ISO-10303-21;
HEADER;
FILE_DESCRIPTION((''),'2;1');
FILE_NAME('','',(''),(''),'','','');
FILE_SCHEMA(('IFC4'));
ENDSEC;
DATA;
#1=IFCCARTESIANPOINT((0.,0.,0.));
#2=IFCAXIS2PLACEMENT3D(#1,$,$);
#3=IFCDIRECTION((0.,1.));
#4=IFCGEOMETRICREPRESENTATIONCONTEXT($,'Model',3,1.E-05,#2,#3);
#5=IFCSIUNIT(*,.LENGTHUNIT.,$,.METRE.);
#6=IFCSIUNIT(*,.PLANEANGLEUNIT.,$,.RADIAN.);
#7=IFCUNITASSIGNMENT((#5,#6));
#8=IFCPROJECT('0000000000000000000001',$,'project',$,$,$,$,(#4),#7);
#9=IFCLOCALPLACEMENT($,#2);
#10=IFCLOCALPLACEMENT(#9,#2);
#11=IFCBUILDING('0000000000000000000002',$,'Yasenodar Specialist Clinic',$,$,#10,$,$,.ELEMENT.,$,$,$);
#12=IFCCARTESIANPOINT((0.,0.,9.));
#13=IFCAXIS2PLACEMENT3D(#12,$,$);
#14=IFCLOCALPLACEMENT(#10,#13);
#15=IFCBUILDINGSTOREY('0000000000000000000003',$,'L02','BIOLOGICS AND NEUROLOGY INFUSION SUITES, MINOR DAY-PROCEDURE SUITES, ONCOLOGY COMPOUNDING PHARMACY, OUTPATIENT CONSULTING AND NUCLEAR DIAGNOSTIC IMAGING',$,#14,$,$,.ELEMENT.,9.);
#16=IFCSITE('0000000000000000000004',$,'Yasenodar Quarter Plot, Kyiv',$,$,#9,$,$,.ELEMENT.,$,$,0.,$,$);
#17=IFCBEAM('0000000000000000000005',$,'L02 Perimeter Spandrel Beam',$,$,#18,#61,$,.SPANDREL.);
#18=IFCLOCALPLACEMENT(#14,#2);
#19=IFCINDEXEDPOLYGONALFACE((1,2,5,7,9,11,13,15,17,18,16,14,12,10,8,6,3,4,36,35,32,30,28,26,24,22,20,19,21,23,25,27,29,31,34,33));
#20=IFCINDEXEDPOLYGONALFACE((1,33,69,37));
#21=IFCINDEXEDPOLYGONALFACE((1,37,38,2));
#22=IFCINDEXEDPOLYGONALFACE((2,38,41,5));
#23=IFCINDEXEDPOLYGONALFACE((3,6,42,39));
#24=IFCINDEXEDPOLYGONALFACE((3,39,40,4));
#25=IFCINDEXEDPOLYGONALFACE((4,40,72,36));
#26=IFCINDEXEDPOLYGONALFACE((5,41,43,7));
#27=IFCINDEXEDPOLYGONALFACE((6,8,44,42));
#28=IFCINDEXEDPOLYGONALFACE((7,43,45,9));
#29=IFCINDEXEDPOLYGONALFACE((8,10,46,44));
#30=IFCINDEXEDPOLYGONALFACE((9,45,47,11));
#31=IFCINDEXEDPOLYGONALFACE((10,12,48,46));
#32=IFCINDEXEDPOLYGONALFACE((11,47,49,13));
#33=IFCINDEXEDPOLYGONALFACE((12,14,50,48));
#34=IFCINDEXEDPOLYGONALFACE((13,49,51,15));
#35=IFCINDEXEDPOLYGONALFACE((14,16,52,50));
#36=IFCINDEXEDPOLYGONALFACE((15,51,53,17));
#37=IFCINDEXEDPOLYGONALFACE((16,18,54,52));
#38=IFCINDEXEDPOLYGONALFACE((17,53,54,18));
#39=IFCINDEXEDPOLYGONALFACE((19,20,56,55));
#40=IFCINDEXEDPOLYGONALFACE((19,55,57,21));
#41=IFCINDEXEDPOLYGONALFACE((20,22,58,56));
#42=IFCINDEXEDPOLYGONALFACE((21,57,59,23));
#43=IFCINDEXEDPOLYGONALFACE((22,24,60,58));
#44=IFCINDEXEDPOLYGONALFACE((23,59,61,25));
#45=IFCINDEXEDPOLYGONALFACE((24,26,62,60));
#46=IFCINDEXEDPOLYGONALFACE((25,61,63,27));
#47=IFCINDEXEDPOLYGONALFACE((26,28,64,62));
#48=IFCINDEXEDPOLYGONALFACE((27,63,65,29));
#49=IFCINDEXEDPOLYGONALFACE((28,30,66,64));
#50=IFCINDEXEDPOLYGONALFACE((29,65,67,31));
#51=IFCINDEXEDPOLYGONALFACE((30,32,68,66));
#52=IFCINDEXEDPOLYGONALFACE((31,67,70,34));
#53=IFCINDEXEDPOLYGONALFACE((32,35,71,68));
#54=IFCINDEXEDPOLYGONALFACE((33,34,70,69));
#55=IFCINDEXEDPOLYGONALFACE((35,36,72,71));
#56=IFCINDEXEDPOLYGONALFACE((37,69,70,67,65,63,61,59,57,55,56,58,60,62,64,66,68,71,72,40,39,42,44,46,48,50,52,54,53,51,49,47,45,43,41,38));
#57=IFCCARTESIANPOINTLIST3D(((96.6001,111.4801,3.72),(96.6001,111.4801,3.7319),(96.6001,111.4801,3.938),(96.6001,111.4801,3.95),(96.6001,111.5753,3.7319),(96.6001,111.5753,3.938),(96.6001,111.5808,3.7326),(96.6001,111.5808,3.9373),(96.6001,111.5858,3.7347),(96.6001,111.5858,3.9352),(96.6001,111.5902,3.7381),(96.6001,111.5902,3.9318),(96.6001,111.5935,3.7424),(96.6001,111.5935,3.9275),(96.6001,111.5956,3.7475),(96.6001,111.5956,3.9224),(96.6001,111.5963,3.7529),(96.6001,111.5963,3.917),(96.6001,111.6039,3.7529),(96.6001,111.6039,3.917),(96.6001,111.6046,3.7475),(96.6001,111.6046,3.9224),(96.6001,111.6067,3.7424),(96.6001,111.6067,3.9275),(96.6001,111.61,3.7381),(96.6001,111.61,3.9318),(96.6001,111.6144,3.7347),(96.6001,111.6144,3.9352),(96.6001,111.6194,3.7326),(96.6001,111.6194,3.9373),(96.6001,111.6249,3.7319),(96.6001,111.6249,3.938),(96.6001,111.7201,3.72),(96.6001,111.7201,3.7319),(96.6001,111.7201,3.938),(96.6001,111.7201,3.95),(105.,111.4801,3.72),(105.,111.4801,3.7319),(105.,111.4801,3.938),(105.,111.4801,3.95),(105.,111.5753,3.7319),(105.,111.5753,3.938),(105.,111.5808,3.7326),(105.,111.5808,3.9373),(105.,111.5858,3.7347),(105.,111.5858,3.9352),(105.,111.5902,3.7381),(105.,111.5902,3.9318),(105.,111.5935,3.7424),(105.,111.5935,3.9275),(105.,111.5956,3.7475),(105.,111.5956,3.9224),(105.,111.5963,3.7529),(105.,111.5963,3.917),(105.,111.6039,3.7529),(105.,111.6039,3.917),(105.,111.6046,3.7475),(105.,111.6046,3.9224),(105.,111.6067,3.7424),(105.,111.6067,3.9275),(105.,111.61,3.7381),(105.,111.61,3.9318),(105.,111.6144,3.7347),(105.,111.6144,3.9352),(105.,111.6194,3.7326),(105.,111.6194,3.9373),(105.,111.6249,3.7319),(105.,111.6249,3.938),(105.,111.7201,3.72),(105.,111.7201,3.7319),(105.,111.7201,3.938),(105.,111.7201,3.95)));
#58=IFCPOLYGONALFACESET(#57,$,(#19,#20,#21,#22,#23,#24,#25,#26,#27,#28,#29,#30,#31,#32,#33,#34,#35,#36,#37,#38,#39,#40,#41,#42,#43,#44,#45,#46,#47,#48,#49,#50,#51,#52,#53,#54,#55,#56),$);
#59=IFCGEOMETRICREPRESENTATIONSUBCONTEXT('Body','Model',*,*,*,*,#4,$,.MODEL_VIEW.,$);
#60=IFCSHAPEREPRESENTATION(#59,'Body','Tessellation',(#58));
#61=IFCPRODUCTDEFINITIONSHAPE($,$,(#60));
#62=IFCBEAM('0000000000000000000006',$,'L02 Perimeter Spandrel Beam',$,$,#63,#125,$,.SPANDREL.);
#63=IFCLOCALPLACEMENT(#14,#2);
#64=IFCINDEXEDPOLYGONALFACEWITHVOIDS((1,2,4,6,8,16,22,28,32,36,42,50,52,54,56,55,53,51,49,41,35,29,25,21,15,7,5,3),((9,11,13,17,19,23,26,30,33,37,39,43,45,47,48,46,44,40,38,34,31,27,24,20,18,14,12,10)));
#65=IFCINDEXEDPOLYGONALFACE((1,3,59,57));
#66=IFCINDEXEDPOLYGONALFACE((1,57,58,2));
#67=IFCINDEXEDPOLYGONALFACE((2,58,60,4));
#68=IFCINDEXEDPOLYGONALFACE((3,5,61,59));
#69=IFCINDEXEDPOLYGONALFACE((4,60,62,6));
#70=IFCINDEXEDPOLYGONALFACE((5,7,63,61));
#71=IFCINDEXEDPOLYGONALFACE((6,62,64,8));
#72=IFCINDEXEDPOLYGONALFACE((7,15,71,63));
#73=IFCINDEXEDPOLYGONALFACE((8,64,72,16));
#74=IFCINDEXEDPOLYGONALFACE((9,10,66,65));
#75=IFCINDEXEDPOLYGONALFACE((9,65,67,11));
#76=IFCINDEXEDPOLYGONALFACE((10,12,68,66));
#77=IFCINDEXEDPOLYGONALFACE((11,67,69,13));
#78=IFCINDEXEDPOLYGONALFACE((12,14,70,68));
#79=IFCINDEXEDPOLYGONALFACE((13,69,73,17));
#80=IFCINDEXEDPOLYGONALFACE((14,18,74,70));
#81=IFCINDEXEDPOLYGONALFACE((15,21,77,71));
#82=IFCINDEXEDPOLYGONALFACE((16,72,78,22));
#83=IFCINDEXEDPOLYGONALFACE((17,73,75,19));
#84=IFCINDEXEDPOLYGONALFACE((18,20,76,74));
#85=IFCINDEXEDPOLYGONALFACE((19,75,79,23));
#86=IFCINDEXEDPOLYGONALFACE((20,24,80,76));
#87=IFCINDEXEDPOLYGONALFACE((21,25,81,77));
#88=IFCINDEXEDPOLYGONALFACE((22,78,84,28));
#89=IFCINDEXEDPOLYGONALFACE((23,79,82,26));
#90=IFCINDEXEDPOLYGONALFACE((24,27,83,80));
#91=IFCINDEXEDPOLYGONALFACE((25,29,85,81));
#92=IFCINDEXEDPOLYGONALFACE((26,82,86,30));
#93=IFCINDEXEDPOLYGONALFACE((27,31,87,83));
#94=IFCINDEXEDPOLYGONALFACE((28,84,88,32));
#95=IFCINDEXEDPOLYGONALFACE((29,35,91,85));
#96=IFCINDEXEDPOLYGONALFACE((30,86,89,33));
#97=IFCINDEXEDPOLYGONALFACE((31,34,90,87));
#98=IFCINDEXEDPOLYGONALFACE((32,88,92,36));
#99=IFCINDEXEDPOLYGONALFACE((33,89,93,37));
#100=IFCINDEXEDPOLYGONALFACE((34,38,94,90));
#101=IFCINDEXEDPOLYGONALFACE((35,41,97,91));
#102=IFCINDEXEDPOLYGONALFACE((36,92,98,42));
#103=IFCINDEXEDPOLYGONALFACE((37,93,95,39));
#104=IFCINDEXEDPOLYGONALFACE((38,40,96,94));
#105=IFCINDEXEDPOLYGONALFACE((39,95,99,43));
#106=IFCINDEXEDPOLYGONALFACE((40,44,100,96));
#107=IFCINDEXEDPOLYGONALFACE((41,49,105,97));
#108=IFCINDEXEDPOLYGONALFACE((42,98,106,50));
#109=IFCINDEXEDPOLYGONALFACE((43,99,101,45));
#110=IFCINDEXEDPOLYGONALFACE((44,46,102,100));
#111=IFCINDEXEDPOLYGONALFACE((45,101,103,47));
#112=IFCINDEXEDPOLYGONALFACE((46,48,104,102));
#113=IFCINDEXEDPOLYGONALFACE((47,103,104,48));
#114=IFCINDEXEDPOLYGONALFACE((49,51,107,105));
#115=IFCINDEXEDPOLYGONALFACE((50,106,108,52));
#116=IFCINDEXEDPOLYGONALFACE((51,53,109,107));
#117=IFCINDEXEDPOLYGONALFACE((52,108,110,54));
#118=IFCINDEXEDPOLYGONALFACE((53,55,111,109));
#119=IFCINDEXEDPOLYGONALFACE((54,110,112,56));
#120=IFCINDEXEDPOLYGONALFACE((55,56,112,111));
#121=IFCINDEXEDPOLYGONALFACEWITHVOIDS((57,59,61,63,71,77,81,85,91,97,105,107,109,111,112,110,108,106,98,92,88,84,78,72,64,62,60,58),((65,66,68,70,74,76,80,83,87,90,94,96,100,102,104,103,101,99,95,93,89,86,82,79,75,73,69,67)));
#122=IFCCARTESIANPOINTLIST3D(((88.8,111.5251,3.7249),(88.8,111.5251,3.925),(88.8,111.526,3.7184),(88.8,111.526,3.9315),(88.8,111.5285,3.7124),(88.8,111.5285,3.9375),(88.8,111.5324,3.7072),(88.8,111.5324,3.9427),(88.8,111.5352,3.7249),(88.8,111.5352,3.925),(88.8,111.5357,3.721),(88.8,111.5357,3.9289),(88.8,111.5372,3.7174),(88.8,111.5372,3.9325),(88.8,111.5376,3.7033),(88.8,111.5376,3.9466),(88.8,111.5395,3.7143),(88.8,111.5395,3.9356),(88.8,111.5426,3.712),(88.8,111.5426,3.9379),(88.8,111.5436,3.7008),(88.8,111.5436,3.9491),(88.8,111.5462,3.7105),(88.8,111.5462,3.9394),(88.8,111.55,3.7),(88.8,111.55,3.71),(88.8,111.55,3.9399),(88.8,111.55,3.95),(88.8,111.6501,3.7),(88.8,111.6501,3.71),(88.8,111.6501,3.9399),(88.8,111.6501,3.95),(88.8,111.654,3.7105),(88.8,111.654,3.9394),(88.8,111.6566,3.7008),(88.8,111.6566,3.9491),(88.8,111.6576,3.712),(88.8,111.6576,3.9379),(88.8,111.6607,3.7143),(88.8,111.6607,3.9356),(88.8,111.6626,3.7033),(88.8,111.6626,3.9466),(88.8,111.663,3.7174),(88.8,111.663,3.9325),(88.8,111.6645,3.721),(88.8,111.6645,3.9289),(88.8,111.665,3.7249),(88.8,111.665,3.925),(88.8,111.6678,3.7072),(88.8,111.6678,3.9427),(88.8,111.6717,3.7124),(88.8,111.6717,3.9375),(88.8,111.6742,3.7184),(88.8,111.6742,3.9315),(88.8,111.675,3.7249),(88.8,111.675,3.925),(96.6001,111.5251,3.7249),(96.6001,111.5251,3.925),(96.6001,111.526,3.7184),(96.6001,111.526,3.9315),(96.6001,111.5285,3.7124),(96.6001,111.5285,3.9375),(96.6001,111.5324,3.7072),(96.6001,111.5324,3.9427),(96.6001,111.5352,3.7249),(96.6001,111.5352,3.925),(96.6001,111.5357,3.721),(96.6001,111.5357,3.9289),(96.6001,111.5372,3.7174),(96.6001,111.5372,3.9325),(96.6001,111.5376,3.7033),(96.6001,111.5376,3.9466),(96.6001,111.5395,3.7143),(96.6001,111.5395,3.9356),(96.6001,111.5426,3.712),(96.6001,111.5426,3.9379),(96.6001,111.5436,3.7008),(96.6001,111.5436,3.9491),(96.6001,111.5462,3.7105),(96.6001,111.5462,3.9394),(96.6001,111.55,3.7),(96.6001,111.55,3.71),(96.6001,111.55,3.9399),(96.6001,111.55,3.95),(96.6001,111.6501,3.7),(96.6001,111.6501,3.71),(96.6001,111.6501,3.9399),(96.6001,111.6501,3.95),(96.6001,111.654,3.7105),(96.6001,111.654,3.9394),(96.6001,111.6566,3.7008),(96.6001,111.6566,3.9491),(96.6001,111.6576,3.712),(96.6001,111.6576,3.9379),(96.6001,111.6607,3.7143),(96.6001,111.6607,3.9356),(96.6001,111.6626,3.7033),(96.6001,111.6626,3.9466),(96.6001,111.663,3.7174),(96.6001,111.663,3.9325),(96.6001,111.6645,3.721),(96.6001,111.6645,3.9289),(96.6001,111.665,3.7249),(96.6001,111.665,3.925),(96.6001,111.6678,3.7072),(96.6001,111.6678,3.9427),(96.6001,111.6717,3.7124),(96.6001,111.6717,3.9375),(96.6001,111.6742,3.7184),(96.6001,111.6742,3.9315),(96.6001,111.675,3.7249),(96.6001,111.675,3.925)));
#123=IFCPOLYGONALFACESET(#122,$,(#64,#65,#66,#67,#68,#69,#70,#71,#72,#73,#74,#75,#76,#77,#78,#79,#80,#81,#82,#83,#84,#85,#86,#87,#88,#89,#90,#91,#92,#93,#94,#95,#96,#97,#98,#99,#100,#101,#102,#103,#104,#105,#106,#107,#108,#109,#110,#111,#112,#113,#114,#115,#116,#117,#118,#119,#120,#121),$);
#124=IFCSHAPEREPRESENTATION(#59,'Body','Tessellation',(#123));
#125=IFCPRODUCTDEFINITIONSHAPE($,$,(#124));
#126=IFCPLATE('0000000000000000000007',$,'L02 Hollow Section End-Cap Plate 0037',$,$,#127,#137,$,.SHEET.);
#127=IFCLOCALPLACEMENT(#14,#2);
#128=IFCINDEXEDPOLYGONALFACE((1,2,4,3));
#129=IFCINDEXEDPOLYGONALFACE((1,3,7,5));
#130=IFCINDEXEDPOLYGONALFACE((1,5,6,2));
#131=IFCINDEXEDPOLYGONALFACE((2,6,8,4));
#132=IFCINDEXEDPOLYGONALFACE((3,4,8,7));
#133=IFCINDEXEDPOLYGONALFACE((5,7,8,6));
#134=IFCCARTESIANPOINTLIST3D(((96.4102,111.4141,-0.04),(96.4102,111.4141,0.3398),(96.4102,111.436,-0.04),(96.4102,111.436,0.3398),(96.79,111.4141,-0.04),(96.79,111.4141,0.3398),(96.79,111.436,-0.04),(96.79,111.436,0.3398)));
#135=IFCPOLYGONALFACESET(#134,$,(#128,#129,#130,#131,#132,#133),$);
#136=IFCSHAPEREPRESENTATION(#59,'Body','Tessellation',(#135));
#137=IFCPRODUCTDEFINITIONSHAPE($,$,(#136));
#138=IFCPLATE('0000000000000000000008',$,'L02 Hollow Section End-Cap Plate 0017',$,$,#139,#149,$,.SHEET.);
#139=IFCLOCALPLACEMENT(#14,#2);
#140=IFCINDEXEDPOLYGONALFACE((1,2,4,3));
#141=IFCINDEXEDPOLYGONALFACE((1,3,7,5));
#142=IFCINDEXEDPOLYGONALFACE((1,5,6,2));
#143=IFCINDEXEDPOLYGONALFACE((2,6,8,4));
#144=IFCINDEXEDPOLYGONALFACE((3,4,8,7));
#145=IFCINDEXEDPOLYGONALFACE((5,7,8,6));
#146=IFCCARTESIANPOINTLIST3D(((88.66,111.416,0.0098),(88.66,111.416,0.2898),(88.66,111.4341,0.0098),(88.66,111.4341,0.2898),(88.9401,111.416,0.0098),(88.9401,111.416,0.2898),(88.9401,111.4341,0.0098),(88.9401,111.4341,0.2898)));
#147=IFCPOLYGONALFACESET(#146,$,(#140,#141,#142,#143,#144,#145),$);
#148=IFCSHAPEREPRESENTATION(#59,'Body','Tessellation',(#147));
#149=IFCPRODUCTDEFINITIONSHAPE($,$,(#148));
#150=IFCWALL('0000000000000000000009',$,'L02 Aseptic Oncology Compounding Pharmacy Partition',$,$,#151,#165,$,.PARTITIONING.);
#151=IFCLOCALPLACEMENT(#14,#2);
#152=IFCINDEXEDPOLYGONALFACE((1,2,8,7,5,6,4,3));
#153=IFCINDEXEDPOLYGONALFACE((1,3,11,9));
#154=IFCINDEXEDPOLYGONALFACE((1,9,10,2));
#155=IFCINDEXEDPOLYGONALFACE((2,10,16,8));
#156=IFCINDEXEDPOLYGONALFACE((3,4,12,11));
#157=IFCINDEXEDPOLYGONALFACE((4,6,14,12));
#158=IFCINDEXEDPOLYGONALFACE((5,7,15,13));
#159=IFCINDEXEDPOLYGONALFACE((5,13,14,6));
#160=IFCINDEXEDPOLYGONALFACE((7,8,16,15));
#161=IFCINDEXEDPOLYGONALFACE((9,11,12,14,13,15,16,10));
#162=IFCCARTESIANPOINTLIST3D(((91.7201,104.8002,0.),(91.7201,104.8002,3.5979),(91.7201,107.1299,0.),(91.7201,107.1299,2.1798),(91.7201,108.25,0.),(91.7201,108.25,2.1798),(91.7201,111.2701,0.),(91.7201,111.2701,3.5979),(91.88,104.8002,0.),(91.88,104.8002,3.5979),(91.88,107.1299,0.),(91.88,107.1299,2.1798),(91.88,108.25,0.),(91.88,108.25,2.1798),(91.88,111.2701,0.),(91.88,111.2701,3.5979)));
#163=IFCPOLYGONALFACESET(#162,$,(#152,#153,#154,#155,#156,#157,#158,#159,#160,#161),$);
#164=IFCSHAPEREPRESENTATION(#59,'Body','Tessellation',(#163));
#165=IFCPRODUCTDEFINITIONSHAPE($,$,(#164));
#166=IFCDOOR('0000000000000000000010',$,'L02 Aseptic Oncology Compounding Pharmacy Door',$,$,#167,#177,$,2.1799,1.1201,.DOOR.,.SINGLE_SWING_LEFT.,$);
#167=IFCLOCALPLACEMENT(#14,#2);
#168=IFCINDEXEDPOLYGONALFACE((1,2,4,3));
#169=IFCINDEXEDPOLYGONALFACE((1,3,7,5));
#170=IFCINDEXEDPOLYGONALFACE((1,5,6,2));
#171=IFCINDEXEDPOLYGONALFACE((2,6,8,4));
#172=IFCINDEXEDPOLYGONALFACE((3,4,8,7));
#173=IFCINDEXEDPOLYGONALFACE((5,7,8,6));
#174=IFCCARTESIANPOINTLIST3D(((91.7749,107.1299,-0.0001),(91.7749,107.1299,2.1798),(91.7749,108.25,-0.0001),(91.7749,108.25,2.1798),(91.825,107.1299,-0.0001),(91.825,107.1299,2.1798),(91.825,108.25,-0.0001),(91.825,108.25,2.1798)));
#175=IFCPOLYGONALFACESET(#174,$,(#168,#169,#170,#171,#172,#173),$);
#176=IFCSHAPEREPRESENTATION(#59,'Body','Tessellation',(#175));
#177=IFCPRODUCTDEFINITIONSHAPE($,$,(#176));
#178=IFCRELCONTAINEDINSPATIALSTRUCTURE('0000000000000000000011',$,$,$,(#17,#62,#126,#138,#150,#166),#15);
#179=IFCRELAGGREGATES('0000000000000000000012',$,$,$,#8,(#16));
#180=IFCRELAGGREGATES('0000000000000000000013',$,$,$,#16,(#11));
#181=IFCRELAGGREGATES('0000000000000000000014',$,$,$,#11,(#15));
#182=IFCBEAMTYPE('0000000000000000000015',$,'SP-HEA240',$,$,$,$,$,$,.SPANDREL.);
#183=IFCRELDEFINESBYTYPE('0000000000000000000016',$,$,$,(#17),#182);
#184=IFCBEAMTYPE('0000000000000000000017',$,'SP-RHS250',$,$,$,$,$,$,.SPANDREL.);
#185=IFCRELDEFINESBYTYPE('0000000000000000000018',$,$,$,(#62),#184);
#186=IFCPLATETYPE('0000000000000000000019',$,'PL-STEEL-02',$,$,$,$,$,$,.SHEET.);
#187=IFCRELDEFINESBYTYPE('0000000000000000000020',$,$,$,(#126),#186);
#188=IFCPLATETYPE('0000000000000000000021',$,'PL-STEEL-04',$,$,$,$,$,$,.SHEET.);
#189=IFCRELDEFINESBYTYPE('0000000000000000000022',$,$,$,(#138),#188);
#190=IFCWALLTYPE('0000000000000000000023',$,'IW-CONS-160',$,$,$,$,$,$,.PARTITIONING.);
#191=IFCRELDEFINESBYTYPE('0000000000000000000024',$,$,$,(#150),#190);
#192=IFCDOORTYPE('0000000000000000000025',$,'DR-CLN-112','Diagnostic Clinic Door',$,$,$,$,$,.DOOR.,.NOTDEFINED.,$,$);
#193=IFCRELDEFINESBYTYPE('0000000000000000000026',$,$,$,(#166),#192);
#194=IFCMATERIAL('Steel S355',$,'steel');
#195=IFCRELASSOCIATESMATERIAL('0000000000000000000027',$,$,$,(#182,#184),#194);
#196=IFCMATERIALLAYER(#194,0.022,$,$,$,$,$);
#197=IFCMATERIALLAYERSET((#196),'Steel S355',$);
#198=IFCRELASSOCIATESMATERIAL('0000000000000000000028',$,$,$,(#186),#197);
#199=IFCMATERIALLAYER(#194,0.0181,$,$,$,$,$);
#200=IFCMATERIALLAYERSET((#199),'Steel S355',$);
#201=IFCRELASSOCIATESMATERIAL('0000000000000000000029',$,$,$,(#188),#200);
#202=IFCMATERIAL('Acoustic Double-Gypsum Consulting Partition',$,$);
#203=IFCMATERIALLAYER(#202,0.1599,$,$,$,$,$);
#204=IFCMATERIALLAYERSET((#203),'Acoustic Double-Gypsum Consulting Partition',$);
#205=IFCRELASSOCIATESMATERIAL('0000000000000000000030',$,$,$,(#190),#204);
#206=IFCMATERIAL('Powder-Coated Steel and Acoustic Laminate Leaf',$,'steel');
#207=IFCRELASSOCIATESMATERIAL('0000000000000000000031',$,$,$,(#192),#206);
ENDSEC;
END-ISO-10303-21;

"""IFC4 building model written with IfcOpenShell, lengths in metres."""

from ifc_helpers import new_model, si_unit, direction, frame, frame_2d, origin, origin_2d, place, context, subcontext, project, spatial, rectangle, hollow_rectangle, i_section, extrude, material, layer, layer_set, material_profile, profile_set, type_object, element, fill, save


model = new_model("IFC4")

# Units and contexts
model_context = context("Model", 3, precision=1e-05, world=origin(), true_north=direction((0.0, 1.0)))
body_context = subcontext(model_context, "Body", "Model", "MODEL_VIEW")
ifc_project = project(units=[si_unit("LENGTHUNIT", "METRE"), si_unit("PLANEANGLEUNIT", "RADIAN")], contexts=[model_context])

# Site, building, storey
site_placement = place(None, origin())
site = spatial("IfcSite", under=ifc_project, at=site_placement, Name="Yasenodar Quarter Plot, Kyiv", CompositionType="ELEMENT", RefElevation=0.0)
building_placement = place(site_placement, origin())
building = spatial("IfcBuilding", under=site, at=building_placement, Name="Yasenodar Specialist Clinic", CompositionType="ELEMENT")
storey_placement = place(building_placement, frame((0.0, 0.0, 9.0)))
storey = spatial("IfcBuildingStorey", under=building, at=storey_placement, Name="L02", Description="BIOLOGICS AND NEUROLOGY INFUSION SUITES, MINOR DAY-PROCEDURE SUITES, ONCOLOGY COMPOUNDING PHARMACY, OUTPATIENT CONSULTING AND NUCLEAR DIAGNOSTIC IMAGING", CompositionType="ELEMENT", Elevation=9.0)

# Shared definitions
ifc_material_1 = material(Name="Steel S355", Category="steel")

# Beams
ifc_material_profile_1 = material_profile(ifc_material_1, i_section(OverallWidth=0.24, OverallDepth=0.23, WebThickness=0.0076, FlangeThickness=0.012, FilletRadius=0.021, at=origin_2d()), Name="HEA 240")
ifc_profile_set_1 = profile_set([ifc_material_profile_1], Name="Steel S355")
beam_type_1 = type_object("IfcBeamType", Name="SP-HEA240", PredefinedType="SPANDREL", material=ifc_profile_set_1)
beam_1_placement = place(storey_placement, frame((96.6001, 111.6001, 3.835), z_axis=(1.0, 0.0, 0.0), x_axis=(0.0, 1.0, 0.0)))
element("IfcBeam", 1, at=beam_1_placement, inside=storey, type_object=beam_type_1, Name="L02 Perimeter Spandrel Beam", PredefinedType="SPANDREL", context=body_context, shape_type="SweptSolid", body=[
    extrude(i_section(OverallWidth=0.24, OverallDepth=0.23, WebThickness=0.0076, FlangeThickness=0.012, FilletRadius=0.021, at=origin_2d()), origin(), (0.0, 0.0, 1.0), 8.3999),
])
ifc_material_profile_2 = material_profile(ifc_material_1, hollow_rectangle(XDim=0.1499, YDim=0.25, WallThickness=0.01, InnerFilletRadius=0.0149, OuterFilletRadius=0.0249, at=origin_2d()), Name="RHS 250x150x10")
ifc_profile_set_2 = profile_set([ifc_material_profile_2], Name="Steel S355")
beam_type_2 = type_object("IfcBeamType", Name="SP-RHS250", PredefinedType="SPANDREL", material=ifc_profile_set_2)
beam_2_placement = place(storey_placement, frame((88.8, 111.6001, 3.825), z_axis=(1.0, 0.0, 0.0), x_axis=(0.0, 1.0, 0.0)))
element("IfcBeam", 2, at=beam_2_placement, inside=storey, type_object=beam_type_2, Name="L02 Perimeter Spandrel Beam", PredefinedType="SPANDREL", context=body_context, shape_type="SweptSolid", body=[
    extrude(hollow_rectangle(XDim=0.1499, YDim=0.25, WallThickness=0.01, InnerFilletRadius=0.0149, OuterFilletRadius=0.0249, at=origin_2d()), origin(), (0.0, 0.0, 1.0), 7.8),
])

# Plates
ifc_layer_1 = layer(ifc_material_1, 0.022)
ifc_layer_set_1 = layer_set([ifc_layer_1], Name="Steel S355")
plate_type_1 = type_object("IfcPlateType", Name="PL-STEEL-02", PredefinedType="SHEET", material=ifc_layer_set_1)
plate_1_placement = place(storey_placement, frame((96.6001, 111.425, -0.04), z_axis=(0.0, 0.0, 1.0), x_axis=(1.0, 0.0, 0.0)))
element("IfcPlate", 3, at=plate_1_placement, inside=storey, type_object=plate_type_1, Name="L02 Hollow Section End-Cap Plate 0037", PredefinedType="SHEET", context=body_context, shape_type="SweptSolid", body=[
    extrude(rectangle(XDim=0.3799, YDim=0.022, at=origin_2d()), origin(), (0.0, 0.0, 1.0), 0.3799),
])
ifc_layer_2 = layer(ifc_material_1, 0.0181)
ifc_layer_set_2 = layer_set([ifc_layer_2], Name="Steel S355")
plate_type_2 = type_object("IfcPlateType", Name="PL-STEEL-04", PredefinedType="SHEET", material=ifc_layer_set_2)
plate_2_placement = place(storey_placement, frame((88.8, 111.425, 0.0098), z_axis=(0.0, 0.0, 1.0), x_axis=(1.0, 0.0, 0.0)))
element("IfcPlate", 4, at=plate_2_placement, inside=storey, type_object=plate_type_2, Name="L02 Hollow Section End-Cap Plate 0017", PredefinedType="SHEET", context=body_context, shape_type="SweptSolid", body=[
    extrude(rectangle(XDim=0.28, YDim=0.0181, at=origin_2d()), origin(), (0.0, 0.0, 1.0), 0.28),
])

# Wall, opening, door
ifc_material_2 = material(Name="Acoustic Double-Gypsum Consulting Partition")
ifc_layer_3 = layer(ifc_material_2, 0.1599)
ifc_layer_set_3 = layer_set([ifc_layer_3], Name="Acoustic Double-Gypsum Consulting Partition")
wall_type = type_object("IfcWallType", Name="IW-CONS-160", PredefinedType="PARTITIONING", material=ifc_layer_set_3)
wall_placement = place(storey_placement, frame((91.8, 111.27, 0.0), z_axis=(0.0, 0.0, 1.0), x_axis=(0.0, -1.0, 0.0)))
wall = element("IfcWall", 5, at=wall_placement, inside=storey, type_object=wall_type, Name="L02 Aseptic Oncology Compounding Pharmacy Partition", PredefinedType="PARTITIONING", context=body_context, shape_type="SweptSolid", body=[
    extrude(rectangle(XDim=6.47, YDim=0.1599, at=frame_2d((3.2349, 0.0))), origin(), (0.0, 0.0, 1.0), 3.5979),
])
opening_placement = place(wall_placement, frame((3.02, 0.0, 0.0)))
opening = element("IfcOpeningElement", 6, at=opening_placement, cuts=wall, PredefinedType="OPENING", context=body_context, shape_type="SweptSolid", body=[
    extrude(rectangle(XDim=1.1201, YDim=2.1799, at=frame_2d((0.5601, 1.0898))), frame((0.0, 0.0898, 0.0), z_axis=(0.0, -1.0, 0.0), x_axis=(1.0, 0.0, 0.0)), (0.0, 0.0, 1.0), 0.1799),
])
ifc_material_3 = material(Name="Powder-Coated Steel and Acoustic Laminate Leaf", Category="steel")
door_type = type_object("IfcDoorType", Name="DR-CLN-112", Description="Diagnostic Clinic Door", OperationType="NOTDEFINED", PredefinedType="DOOR", material=ifc_material_3)
door_placement = place(opening_placement, origin())
door = element("IfcDoor", 7, at=door_placement, inside=storey, type_object=door_type, Name="L02 Aseptic Oncology Compounding Pharmacy Door", OperationType="SINGLE_SWING_LEFT", OverallHeight=2.1799, OverallWidth=1.1201, PredefinedType="DOOR", context=body_context, shape_type="SweptSolid", body=[
    extrude(rectangle(XDim=1.1201, YDim=2.1799, at=frame_2d((0.5601, 1.0898))), frame((0.0, 0.0249, 0.0), z_axis=(0.0, -1.0, 0.0), x_axis=(1.0, 0.0, 0.0)), (0.0, 0.0, 1.0), 0.05),
])
fill(opening, door)

save(model, "model.ifc")
